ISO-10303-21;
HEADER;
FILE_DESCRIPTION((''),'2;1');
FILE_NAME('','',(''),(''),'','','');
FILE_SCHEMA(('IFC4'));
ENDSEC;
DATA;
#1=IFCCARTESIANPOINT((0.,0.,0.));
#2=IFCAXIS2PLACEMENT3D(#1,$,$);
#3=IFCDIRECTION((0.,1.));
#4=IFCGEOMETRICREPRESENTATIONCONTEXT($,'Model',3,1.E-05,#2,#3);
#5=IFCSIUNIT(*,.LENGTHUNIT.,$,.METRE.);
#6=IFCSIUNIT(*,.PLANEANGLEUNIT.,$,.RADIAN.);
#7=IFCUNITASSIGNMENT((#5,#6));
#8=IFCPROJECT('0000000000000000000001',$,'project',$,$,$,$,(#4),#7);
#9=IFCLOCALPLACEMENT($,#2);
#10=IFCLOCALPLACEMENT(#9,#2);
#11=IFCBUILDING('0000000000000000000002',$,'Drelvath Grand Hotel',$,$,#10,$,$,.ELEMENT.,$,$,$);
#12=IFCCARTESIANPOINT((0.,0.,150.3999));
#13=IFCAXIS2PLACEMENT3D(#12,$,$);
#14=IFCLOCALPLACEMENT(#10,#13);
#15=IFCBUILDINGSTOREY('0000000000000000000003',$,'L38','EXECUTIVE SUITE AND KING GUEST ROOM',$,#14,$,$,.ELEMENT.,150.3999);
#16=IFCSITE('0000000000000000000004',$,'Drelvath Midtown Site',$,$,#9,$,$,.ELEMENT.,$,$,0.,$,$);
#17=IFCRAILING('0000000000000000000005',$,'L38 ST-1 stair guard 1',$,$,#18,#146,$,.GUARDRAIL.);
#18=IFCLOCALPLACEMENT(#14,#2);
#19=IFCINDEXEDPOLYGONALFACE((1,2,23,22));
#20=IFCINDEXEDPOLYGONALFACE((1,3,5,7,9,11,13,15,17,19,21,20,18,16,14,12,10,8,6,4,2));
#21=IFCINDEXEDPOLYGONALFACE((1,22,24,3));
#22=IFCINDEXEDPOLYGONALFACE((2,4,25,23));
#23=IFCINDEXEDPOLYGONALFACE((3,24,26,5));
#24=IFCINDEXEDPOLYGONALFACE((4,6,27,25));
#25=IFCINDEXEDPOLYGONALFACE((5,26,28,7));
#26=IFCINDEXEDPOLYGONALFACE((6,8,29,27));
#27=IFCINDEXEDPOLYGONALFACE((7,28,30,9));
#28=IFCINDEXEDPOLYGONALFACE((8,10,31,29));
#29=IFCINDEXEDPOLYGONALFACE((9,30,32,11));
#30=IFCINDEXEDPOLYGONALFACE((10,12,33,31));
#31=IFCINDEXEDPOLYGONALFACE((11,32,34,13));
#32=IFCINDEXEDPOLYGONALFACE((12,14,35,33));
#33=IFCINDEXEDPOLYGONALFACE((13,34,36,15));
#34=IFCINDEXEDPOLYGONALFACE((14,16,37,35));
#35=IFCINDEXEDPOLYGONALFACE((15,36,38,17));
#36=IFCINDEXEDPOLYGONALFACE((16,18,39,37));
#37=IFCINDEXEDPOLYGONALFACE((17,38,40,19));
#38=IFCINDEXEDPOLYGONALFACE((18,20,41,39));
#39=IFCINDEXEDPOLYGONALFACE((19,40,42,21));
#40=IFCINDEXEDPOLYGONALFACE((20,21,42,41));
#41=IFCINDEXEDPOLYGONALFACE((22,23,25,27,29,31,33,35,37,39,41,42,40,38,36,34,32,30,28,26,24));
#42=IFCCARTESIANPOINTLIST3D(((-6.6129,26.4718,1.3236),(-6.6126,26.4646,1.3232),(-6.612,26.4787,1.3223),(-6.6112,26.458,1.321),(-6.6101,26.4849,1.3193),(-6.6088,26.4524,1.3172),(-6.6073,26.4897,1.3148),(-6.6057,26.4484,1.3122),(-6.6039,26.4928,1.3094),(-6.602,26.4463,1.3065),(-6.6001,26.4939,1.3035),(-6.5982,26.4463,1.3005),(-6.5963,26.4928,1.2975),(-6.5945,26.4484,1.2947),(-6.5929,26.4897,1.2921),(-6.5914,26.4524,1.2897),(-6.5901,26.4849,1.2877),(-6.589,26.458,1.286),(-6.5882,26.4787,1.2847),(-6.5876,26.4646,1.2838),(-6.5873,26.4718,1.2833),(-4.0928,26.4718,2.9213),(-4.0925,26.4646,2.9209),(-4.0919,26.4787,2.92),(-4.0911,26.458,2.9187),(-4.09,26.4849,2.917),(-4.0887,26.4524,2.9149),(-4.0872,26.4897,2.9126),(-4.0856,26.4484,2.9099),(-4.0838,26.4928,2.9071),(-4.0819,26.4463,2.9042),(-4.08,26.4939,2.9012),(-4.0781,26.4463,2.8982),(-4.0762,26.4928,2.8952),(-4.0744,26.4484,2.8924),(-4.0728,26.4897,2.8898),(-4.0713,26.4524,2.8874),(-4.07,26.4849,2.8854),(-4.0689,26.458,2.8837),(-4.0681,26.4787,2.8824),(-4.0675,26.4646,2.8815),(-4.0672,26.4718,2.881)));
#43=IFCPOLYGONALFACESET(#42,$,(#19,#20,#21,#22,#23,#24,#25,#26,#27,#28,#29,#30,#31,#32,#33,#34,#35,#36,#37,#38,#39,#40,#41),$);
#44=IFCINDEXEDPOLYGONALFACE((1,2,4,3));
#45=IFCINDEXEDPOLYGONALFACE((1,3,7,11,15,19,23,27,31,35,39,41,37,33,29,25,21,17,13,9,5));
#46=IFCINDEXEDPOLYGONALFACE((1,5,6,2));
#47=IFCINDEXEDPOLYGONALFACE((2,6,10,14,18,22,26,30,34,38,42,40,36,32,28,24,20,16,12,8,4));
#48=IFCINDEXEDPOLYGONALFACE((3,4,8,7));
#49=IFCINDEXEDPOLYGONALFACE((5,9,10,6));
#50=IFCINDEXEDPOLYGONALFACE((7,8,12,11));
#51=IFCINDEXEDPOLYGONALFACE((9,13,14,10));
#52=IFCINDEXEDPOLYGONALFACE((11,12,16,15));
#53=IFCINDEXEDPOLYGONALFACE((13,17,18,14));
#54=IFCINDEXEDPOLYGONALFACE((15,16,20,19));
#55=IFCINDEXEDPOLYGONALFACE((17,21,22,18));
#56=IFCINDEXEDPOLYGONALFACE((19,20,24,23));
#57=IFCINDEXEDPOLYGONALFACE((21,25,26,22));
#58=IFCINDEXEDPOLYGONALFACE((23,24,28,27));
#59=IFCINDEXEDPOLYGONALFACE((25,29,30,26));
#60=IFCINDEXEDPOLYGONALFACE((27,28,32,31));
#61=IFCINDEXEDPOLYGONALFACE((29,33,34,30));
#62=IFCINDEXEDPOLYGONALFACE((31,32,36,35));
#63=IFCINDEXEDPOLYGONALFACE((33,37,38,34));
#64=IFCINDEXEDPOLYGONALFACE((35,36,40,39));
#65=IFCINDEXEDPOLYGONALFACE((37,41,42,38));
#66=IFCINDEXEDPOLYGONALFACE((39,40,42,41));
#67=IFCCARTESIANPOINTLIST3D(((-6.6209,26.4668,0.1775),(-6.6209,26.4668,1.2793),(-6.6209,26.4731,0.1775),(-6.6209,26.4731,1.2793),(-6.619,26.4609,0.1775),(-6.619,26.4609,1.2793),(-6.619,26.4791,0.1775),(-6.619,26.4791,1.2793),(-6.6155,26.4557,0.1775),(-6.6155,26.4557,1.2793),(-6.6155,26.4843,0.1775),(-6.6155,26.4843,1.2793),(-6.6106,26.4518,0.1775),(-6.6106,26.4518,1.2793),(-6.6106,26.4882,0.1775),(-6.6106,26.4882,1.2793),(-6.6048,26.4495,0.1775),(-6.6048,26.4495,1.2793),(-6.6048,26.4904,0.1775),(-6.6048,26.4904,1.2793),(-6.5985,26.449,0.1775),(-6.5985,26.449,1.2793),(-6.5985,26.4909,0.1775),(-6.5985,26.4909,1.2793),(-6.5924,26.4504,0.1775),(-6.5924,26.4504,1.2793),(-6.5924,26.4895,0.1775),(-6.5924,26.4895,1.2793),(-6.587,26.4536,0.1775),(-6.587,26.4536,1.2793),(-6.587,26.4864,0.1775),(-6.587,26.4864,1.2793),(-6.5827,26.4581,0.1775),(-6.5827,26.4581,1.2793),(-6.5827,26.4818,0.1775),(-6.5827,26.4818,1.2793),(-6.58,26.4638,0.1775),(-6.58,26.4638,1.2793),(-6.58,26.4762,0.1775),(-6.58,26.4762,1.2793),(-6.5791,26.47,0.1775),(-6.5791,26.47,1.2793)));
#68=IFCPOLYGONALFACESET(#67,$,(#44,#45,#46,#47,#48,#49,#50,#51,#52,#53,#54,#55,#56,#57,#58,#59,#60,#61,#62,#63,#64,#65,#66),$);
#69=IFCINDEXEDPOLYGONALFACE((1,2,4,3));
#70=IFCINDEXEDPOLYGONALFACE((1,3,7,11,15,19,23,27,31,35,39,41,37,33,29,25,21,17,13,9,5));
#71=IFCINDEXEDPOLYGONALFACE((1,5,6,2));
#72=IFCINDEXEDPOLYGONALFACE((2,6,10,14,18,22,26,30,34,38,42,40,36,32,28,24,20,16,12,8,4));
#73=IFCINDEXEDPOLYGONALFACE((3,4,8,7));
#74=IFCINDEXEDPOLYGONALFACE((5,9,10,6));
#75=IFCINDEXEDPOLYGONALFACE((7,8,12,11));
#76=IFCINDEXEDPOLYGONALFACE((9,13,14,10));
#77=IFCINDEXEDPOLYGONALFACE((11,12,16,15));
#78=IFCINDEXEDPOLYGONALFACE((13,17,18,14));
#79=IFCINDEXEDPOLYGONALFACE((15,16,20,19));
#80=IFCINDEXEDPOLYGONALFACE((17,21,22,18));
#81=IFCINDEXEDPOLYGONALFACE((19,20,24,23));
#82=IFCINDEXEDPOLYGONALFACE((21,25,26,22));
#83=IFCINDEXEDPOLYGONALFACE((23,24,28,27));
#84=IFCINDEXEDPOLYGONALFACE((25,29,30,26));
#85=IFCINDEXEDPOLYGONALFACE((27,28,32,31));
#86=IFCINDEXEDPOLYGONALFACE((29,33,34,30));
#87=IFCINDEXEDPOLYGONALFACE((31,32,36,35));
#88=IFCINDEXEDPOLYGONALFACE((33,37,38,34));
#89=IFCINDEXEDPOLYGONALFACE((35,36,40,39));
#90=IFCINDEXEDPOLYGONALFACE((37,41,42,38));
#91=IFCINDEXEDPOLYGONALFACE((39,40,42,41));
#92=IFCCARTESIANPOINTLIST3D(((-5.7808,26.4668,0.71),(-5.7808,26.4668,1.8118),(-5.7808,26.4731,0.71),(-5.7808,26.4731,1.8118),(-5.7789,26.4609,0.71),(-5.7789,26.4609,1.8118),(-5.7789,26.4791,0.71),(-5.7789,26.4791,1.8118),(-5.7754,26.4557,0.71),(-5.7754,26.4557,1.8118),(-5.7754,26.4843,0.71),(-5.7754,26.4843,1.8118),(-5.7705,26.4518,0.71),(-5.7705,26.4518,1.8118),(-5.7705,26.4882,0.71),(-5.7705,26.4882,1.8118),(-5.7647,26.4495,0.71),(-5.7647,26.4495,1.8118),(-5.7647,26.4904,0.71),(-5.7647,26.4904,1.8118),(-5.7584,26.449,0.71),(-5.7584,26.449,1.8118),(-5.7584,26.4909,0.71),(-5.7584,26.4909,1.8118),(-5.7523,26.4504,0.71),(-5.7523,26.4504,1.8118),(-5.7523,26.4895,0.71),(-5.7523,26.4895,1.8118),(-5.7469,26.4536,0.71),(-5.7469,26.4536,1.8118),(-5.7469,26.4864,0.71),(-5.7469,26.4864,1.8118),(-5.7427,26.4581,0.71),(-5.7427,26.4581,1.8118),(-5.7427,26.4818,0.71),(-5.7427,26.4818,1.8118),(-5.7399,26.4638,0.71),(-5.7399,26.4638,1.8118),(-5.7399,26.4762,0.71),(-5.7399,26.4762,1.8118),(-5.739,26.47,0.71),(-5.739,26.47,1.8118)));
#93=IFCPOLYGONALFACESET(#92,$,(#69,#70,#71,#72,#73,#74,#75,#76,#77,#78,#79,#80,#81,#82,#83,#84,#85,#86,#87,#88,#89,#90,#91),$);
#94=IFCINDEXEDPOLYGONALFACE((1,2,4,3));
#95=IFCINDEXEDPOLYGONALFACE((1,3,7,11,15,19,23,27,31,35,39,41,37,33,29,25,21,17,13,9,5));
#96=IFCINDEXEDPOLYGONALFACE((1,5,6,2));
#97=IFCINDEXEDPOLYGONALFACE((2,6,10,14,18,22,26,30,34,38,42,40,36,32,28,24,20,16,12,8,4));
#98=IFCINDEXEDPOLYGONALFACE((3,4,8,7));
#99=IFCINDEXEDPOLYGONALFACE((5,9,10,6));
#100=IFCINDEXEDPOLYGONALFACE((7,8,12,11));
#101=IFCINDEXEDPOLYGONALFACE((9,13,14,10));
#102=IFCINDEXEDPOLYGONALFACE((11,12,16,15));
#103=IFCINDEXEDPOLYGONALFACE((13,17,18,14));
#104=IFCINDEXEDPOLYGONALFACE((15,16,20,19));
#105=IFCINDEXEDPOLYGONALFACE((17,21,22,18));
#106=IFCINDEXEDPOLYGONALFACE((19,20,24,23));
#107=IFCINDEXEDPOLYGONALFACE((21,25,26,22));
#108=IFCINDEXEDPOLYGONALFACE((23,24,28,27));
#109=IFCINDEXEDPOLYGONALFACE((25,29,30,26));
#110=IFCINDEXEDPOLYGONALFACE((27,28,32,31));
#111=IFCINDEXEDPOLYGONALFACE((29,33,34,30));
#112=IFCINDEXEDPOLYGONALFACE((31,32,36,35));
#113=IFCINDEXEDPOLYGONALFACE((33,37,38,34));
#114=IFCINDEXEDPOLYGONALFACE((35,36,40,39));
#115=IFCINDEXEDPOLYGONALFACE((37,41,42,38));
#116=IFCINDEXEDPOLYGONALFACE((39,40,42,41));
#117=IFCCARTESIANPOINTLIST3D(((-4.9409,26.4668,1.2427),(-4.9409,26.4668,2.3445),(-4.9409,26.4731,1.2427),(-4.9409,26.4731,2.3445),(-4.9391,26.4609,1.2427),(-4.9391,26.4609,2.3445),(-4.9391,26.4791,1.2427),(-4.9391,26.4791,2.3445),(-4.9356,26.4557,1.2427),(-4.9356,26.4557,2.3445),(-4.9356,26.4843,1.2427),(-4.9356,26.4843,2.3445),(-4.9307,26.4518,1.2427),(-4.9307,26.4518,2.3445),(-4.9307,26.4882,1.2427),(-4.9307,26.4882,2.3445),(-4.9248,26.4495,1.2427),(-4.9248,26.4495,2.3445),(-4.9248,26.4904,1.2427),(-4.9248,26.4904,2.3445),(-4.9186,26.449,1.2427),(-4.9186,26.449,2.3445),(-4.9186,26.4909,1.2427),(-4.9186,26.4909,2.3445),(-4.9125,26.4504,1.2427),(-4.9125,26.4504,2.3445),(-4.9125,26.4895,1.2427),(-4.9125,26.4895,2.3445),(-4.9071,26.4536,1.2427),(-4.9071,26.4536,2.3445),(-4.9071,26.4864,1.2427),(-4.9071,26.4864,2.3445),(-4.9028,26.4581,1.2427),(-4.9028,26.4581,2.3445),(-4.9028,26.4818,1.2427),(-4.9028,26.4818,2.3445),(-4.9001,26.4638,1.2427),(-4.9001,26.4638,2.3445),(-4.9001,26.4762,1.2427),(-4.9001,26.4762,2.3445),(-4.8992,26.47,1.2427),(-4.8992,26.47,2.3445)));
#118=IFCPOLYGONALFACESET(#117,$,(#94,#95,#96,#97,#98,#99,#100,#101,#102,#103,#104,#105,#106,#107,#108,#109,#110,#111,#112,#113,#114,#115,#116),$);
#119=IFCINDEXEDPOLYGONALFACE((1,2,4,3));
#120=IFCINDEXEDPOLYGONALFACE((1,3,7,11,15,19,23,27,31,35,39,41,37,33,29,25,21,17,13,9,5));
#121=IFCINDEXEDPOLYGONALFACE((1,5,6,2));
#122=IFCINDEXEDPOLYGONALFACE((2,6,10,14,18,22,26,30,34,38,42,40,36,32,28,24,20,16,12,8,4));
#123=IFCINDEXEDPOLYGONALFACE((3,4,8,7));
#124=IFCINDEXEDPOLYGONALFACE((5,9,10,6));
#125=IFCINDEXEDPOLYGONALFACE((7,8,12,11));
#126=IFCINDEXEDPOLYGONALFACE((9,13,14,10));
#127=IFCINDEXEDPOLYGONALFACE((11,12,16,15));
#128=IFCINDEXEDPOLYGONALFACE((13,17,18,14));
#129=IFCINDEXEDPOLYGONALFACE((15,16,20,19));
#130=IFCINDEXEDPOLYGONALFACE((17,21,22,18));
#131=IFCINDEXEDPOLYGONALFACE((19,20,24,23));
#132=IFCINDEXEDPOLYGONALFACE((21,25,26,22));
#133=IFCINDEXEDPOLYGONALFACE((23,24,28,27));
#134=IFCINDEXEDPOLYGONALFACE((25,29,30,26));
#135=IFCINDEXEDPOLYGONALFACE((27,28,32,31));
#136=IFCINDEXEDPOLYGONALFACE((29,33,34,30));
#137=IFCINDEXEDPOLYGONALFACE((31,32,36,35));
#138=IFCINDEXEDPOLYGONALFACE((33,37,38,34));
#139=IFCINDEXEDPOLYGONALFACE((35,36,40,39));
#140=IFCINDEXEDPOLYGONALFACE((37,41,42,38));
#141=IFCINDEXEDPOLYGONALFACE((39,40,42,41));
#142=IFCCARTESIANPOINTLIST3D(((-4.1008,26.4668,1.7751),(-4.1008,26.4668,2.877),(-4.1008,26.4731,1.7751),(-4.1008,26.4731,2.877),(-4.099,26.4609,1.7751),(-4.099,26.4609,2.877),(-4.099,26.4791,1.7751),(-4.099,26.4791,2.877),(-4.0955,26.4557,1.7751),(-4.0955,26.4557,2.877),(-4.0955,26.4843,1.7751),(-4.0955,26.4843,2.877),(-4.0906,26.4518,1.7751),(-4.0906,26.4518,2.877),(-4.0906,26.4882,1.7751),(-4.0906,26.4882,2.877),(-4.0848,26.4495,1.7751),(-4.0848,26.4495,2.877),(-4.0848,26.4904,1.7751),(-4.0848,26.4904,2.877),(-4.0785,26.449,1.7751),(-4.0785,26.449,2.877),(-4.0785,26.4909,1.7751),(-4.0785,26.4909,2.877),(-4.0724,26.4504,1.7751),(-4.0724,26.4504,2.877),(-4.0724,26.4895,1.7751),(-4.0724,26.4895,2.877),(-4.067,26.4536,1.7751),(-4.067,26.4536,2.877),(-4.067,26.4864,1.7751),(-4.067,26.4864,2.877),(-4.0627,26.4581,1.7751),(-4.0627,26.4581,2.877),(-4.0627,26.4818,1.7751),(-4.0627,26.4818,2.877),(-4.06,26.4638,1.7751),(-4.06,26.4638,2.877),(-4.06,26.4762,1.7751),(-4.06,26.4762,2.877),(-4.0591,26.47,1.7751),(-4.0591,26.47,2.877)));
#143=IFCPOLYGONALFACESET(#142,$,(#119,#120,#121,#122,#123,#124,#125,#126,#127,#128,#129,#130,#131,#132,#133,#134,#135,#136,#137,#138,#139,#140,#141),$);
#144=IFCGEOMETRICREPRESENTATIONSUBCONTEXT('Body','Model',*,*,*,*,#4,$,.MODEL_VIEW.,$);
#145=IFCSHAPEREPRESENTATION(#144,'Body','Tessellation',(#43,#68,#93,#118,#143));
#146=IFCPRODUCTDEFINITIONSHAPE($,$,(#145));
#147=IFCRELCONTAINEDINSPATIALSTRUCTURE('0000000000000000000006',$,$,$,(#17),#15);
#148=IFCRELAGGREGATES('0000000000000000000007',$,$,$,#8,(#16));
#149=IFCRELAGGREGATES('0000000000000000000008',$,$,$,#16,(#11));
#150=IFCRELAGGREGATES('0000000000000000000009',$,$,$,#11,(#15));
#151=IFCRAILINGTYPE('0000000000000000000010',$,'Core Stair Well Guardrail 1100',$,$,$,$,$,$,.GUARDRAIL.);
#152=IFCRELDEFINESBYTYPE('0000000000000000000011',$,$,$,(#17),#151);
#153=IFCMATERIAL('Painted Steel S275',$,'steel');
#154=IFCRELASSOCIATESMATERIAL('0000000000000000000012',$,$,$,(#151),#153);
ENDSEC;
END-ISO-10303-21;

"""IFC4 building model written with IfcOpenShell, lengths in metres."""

from ifc_helpers import new_model, si_unit, direction, frame, origin, origin_2d, place, context, subcontext, project, spatial, circle, extrude, material, type_object, element, save


model = new_model("IFC4")

# Units and contexts
model_context = context("Model", 3, precision=1e-05, world=origin(), true_north=direction((0.0, 1.0)))
body_context = subcontext(model_context, "Body", "Model", "MODEL_VIEW")
ifc_project = project(units=[si_unit("LENGTHUNIT", "METRE"), si_unit("PLANEANGLEUNIT", "RADIAN")], contexts=[model_context])

# Site, building, storey
site_placement = place(None, origin())
site = spatial("IfcSite", under=ifc_project, at=site_placement, Name="Drelvath Midtown Site", CompositionType="ELEMENT", RefElevation=0.0)
building_placement = place(site_placement, origin())
building = spatial("IfcBuilding", under=site, at=building_placement, Name="Drelvath Grand Hotel", CompositionType="ELEMENT")
storey_placement = place(building_placement, frame((0.0, 0.0, 150.3999)))
storey = spatial("IfcBuildingStorey", under=building, at=storey_placement, Name="L38", Description="EXECUTIVE SUITE AND KING GUEST ROOM", CompositionType="ELEMENT", Elevation=150.3999)

# Shared definitions
ifc_material_1 = material(Name="Painted Steel S275", Category="steel")

# Railing
railing_type_1 = type_object("IfcRailingType", Name="Core Stair Well Guardrail 1100", PredefinedType="GUARDRAIL", material=ifc_material_1)
railing_1_placement = place(storey_placement, frame((-6.6001, 26.47, 0.1775)))
element("IfcRailing", 1, at=railing_1_placement, inside=storey, type_object=railing_type_1, Name="L38 ST-1 stair guard 1", PredefinedType="GUARDRAIL", context=body_context, shape_type="SweptSolid", body=[
    extrude(circle(Radius=0.0239, at=origin_2d()), frame((0.0, 0.0, 1.126), z_axis=(0.84457, 0.0, 0.535445), x_axis=(0.0, 1.0, 0.0)), (0.0, 0.0, 1.0), 2.9839),
    extrude(circle(Radius=0.021, at=origin_2d()), origin(), (0.0, 0.0, 1.0), 1.1018),
    extrude(circle(Radius=0.021, at=origin_2d()), frame((0.8401, 0.0, 0.5325)), (0.0, 0.0, 1.0), 1.1018),
    extrude(circle(Radius=0.021, at=origin_2d()), frame((1.6799, 0.0, 1.0652)), (0.0, 0.0, 1.0), 1.1018),
    extrude(circle(Radius=0.021, at=origin_2d()), frame((2.52, 0.0, 1.5977)), (0.0, 0.0, 1.0), 1.1018),
])

save(model, "model.ifc")
